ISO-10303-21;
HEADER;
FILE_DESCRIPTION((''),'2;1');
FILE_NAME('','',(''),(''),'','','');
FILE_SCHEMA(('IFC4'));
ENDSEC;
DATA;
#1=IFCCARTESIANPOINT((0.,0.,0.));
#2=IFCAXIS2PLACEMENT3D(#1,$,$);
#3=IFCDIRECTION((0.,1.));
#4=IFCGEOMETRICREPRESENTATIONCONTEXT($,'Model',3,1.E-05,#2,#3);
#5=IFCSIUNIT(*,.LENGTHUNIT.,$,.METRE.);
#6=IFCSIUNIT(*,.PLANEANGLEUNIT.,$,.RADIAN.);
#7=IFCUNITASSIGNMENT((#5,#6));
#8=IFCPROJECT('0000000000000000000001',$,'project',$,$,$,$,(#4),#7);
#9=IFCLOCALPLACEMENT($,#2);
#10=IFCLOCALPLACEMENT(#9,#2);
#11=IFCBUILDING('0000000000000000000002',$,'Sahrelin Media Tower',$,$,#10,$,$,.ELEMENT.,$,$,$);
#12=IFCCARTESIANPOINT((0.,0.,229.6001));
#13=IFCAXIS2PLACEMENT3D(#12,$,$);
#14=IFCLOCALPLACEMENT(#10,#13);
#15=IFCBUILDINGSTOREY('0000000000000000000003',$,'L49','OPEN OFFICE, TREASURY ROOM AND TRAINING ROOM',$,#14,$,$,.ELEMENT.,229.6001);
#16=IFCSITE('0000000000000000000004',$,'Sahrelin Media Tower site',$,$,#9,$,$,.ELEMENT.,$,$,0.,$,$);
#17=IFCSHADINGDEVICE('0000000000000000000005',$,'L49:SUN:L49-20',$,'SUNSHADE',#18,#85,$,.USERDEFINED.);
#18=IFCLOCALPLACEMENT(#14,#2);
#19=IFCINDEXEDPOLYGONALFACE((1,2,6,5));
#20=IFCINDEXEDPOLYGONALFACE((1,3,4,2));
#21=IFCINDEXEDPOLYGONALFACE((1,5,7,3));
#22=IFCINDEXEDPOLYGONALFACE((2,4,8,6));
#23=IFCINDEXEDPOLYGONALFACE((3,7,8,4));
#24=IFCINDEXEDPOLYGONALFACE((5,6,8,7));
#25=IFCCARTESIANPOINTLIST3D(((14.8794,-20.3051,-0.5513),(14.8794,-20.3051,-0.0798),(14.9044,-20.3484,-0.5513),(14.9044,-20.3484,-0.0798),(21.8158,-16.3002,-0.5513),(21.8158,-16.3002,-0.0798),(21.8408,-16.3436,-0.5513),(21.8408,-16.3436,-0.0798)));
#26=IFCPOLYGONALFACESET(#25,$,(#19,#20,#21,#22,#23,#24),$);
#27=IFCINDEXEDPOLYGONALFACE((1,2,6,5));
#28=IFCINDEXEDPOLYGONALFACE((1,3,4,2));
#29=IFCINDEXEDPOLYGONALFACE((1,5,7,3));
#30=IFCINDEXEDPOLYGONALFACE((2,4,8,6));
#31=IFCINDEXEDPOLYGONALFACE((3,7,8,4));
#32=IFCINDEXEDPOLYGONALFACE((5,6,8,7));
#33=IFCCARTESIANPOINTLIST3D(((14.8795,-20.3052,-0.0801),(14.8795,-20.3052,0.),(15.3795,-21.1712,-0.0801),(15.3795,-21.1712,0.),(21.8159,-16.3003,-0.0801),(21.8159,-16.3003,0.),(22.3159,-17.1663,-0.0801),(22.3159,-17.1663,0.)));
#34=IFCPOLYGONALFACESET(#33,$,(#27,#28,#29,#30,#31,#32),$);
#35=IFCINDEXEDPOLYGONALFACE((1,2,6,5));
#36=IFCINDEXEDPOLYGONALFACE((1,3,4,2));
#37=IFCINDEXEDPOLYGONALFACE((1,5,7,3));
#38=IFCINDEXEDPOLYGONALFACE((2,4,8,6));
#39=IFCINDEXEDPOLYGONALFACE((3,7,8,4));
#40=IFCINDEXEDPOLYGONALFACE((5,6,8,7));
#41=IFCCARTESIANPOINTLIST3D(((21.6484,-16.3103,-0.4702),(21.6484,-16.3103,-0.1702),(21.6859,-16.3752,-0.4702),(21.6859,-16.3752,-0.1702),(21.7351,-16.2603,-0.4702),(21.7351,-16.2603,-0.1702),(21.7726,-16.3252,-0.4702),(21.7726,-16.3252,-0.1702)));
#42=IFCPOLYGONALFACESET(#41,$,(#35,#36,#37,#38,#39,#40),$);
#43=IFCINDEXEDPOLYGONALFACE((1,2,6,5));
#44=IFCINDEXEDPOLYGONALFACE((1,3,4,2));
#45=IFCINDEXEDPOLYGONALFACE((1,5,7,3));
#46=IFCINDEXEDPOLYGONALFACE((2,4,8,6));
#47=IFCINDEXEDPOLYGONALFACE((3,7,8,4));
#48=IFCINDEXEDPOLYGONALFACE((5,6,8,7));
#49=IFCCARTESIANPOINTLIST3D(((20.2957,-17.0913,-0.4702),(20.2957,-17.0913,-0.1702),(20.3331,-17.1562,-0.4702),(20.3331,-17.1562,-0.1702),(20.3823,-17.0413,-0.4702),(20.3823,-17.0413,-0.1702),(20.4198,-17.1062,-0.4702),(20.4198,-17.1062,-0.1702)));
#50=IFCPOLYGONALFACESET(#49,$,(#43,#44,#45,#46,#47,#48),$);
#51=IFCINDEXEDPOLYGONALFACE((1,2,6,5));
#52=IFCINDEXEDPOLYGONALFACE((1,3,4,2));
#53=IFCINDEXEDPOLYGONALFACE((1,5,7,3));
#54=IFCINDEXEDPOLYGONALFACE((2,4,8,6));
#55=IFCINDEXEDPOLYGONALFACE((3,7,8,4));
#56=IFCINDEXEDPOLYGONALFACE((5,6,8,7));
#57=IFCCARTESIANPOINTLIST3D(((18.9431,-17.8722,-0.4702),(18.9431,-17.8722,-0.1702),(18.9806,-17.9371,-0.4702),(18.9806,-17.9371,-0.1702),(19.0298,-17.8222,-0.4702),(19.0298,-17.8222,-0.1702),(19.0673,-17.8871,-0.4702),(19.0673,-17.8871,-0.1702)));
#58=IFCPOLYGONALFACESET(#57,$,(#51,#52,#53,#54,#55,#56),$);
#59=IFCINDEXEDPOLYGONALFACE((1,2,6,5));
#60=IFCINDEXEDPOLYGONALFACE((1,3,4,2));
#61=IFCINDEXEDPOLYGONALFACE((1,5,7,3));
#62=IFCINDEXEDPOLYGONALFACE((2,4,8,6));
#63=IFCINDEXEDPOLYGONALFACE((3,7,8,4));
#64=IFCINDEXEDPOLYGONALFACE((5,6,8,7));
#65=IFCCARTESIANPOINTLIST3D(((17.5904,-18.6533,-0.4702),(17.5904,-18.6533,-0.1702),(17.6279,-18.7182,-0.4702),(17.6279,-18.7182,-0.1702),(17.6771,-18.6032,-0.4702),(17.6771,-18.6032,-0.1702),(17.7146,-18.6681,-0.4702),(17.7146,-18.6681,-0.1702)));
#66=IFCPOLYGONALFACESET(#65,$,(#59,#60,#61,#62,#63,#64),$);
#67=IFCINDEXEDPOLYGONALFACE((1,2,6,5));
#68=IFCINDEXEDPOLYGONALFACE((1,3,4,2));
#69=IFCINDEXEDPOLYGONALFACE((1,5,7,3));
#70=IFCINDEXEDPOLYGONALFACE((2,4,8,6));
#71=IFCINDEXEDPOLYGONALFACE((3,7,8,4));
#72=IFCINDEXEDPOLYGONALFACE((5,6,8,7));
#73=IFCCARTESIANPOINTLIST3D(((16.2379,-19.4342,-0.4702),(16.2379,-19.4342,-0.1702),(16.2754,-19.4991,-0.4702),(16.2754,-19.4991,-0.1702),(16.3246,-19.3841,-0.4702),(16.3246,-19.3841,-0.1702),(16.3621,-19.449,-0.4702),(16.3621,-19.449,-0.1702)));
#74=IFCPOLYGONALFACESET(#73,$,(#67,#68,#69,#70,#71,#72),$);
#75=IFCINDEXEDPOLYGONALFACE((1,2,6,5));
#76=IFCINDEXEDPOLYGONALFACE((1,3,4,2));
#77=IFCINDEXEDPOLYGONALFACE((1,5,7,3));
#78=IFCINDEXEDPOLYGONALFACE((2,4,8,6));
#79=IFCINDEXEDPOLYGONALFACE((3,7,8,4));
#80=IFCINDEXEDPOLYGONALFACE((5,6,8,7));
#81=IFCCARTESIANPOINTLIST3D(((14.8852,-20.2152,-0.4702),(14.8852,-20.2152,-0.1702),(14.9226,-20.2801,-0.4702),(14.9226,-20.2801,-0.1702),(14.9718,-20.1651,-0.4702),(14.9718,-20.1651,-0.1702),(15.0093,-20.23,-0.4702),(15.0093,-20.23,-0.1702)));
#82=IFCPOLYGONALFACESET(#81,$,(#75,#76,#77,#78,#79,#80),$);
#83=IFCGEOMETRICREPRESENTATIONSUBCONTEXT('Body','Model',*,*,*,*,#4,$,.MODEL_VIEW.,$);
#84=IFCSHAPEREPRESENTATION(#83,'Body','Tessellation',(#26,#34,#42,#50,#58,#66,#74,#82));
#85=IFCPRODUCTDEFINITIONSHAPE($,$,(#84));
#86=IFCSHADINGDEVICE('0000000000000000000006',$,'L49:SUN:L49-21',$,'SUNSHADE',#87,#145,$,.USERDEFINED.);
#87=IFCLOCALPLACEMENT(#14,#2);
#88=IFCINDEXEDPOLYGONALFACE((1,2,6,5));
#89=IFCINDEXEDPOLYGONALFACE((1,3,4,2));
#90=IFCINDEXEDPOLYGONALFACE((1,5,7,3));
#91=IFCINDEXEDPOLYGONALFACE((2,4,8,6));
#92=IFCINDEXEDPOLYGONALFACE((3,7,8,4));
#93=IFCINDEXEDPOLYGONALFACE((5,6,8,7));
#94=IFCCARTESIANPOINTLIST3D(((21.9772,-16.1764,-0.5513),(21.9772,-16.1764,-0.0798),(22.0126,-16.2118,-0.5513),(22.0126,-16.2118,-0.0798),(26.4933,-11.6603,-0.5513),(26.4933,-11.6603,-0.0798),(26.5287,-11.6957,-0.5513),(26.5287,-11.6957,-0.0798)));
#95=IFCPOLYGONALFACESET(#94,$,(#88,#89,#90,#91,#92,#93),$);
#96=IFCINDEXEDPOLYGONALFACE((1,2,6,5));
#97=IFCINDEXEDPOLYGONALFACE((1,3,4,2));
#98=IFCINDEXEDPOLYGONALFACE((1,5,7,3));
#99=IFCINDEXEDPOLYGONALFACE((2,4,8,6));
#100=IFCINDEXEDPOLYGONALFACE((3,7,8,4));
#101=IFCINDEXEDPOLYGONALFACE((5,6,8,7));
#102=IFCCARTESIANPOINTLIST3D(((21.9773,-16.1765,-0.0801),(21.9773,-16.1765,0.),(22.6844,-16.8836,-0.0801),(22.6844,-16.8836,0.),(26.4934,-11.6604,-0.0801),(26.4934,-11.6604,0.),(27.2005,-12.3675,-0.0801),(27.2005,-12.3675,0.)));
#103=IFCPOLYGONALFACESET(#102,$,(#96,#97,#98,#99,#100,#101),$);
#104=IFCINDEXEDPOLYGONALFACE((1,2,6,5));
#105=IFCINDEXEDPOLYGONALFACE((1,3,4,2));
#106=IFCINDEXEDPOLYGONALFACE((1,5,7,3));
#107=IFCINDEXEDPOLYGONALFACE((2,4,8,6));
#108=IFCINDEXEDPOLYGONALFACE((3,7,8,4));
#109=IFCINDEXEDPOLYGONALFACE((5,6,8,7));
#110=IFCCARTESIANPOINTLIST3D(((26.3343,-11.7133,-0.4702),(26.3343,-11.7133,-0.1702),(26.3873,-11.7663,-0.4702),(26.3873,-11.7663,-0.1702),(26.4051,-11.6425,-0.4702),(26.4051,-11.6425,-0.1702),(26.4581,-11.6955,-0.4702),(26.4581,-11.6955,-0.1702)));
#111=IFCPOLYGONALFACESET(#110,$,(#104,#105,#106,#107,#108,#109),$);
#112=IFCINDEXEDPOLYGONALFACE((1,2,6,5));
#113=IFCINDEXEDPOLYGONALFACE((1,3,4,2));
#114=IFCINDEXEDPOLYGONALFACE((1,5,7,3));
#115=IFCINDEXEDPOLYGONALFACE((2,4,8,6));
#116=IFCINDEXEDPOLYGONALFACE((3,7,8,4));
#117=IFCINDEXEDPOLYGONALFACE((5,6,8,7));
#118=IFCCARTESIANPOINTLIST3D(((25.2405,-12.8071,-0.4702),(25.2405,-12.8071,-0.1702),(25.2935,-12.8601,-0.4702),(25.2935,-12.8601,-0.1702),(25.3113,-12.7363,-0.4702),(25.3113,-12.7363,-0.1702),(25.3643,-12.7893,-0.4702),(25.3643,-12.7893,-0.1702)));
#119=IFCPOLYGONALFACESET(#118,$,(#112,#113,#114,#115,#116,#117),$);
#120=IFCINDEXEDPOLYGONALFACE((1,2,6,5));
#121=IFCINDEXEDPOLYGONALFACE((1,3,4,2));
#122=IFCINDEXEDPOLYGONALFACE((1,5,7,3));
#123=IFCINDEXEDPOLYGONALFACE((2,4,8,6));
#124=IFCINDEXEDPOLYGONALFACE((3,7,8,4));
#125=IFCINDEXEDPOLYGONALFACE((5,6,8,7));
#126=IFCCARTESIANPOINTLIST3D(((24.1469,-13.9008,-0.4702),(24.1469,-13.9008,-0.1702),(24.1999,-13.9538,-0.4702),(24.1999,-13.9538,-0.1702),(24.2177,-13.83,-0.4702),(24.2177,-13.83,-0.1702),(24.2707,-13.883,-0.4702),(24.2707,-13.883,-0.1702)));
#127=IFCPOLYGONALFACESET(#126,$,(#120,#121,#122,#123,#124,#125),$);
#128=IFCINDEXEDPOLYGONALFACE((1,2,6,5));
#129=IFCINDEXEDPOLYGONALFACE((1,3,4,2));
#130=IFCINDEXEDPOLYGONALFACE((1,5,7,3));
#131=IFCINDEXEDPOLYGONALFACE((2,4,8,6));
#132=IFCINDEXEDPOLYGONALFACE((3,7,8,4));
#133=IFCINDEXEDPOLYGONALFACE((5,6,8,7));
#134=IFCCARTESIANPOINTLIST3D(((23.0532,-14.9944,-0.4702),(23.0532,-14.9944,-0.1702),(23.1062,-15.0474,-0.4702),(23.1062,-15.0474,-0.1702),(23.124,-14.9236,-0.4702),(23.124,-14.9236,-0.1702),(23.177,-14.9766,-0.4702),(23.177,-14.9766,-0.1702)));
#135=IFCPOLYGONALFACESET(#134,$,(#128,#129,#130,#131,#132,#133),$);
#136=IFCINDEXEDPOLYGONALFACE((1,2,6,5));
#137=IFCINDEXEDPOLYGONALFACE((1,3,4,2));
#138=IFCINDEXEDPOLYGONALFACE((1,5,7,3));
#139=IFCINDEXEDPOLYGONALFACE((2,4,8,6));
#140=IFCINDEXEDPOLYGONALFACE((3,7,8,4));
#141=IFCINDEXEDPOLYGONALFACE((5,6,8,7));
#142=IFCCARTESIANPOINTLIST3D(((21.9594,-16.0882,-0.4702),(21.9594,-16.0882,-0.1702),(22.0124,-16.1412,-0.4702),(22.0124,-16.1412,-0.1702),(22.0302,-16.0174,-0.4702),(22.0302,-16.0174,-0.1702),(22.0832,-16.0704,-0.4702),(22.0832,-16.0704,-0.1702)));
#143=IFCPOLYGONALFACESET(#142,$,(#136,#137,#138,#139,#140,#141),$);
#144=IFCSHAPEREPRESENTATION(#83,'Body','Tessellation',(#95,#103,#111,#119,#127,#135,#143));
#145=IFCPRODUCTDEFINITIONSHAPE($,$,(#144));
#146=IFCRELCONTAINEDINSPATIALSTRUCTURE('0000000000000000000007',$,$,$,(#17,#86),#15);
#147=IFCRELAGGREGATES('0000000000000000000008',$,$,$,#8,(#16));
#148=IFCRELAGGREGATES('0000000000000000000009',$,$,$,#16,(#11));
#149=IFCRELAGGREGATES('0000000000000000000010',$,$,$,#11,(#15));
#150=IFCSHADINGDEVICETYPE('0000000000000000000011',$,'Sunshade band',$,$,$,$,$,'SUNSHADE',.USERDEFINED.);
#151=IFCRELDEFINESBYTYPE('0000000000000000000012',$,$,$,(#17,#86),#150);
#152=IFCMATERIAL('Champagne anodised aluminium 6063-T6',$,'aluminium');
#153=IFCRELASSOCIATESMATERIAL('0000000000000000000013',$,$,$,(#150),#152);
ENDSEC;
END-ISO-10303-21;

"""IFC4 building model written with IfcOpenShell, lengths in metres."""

from ifc_helpers import new_model, si_unit, direction, frame, origin, origin_2d, place, context, subcontext, project, spatial, rectangle, extrude, material, type_object, element, save


model = new_model("IFC4")

# Units and contexts
model_context = context("Model", 3, precision=1e-05, world=origin(), true_north=direction((0.0, 1.0)))
body_context = subcontext(model_context, "Body", "Model", "MODEL_VIEW")
ifc_project = project(units=[si_unit("LENGTHUNIT", "METRE"), si_unit("PLANEANGLEUNIT", "RADIAN")], contexts=[model_context])

# Site, building, storey
site_placement = place(None, origin())
site = spatial("IfcSite", under=ifc_project, at=site_placement, Name="Sahrelin Media Tower site", CompositionType="ELEMENT", RefElevation=0.0)
building_placement = place(site_placement, origin())
building = spatial("IfcBuilding", under=site, at=building_placement, Name="Sahrelin Media Tower", CompositionType="ELEMENT")
storey_placement = place(building_placement, frame((0.0, 0.0, 229.6001)))
storey = spatial("IfcBuildingStorey", under=building, at=storey_placement, Name="L49", Description="OPEN OFFICE, TREASURY ROOM AND TRAINING ROOM", CompositionType="ELEMENT", Elevation=229.6001)

# Shared definitions
ifc_material_1 = material(Name="Champagne anodised aluminium 6063-T6", Category="aluminium")

# Shading devices
placement_1 = place(storey_placement, frame((18.3376, -18.2854, 0.0), z_axis=(0.0, 0.0, 1.0), x_axis=(-0.866019, -0.500011, 0.0)))
placement_2 = place(storey_placement, frame((24.2212, -13.9043, 0.0), z_axis=(0.0, 0.0, 1.0), x_axis=(-0.707107, -0.707107, 0.0)))
shading_device_type_1 = type_object("IfcShadingDeviceType", Name="Sunshade band", ElementType="SUNSHADE", PredefinedType="USERDEFINED", material=ifc_material_1)
element("IfcShadingDevice", 1, at=placement_1, inside=storey, type_object=shading_device_type_1, Name="L49:SUN:L49-20", ObjectType="SUNSHADE", PredefinedType="USERDEFINED", context=body_context, shape_type="SweptSolid", body=[
    extrude(rectangle(XDim=8.0095, YDim=0.05, at=origin_2d()), frame((0.0, 0.0449, -0.5513)), (0.0, 0.0, 1.0), 0.4714),
    extrude(rectangle(XDim=8.0095, YDim=1.0, at=origin_2d()), frame((0.0, 0.52, -0.0801)), (0.0, 0.0, 1.0), 0.0801),
    extrude(rectangle(XDim=0.1001, YDim=0.075, at=origin_2d()), frame((-3.9048, -0.0176, -0.4702)), (0.0, 0.0, 1.0), 0.3),
    extrude(rectangle(XDim=0.1001, YDim=0.075, at=origin_2d()), frame((-2.3428, -0.0176, -0.4702)), (0.0, 0.0, 1.0), 0.3),
    extrude(rectangle(XDim=0.1001, YDim=0.075, at=origin_2d()), frame((-0.781, -0.0176, -0.4702)), (0.0, 0.0, 1.0), 0.3),
    extrude(rectangle(XDim=0.1001, YDim=0.075, at=origin_2d()), frame((0.781, -0.0176, -0.4702)), (0.0, 0.0, 1.0), 0.3),
    extrude(rectangle(XDim=0.1001, YDim=0.075, at=origin_2d()), frame((2.3428, -0.0176, -0.4702)), (0.0, 0.0, 1.0), 0.3),
    extrude(rectangle(XDim=0.1001, YDim=0.075, at=origin_2d()), frame((3.9048, -0.0176, -0.4702)), (0.0, 0.0, 1.0), 0.3),
])
element("IfcShadingDevice", 2, at=placement_2, inside=storey, type_object=shading_device_type_1, Name="L49:SUN:L49-21", ObjectType="SUNSHADE", PredefinedType="USERDEFINED", context=body_context, shape_type="SweptSolid", body=[
    extrude(rectangle(XDim=6.3867, YDim=0.05, at=origin_2d()), frame((0.0, 0.0449, -0.5513)), (0.0, 0.0, 1.0), 0.4714),
    extrude(rectangle(XDim=6.3867, YDim=1.0, at=origin_2d()), frame((0.0, 0.52, -0.0801)), (0.0, 0.0, 1.0), 0.0801),
    extrude(rectangle(XDim=0.1001, YDim=0.075, at=origin_2d()), frame((-3.0935, -0.0176, -0.4702)), (0.0, 0.0, 1.0), 0.3),
    extrude(rectangle(XDim=0.1001, YDim=0.075, at=origin_2d()), frame((-1.5466, -0.0176, -0.4702)), (0.0, 0.0, 1.0), 0.3),
    extrude(rectangle(XDim=0.1001, YDim=0.075, at=origin_2d()), frame((0.0, -0.0176, -0.4702)), (0.0, 0.0, 1.0), 0.3),
    extrude(rectangle(XDim=0.1001, YDim=0.075, at=origin_2d()), frame((1.5466, -0.0176, -0.4702)), (0.0, 0.0, 1.0), 0.3),
    extrude(rectangle(XDim=0.1001, YDim=0.075, at=origin_2d()), frame((3.0935, -0.0176, -0.4702)), (0.0, 0.0, 1.0), 0.3),
])

save(model, "model.ifc")
